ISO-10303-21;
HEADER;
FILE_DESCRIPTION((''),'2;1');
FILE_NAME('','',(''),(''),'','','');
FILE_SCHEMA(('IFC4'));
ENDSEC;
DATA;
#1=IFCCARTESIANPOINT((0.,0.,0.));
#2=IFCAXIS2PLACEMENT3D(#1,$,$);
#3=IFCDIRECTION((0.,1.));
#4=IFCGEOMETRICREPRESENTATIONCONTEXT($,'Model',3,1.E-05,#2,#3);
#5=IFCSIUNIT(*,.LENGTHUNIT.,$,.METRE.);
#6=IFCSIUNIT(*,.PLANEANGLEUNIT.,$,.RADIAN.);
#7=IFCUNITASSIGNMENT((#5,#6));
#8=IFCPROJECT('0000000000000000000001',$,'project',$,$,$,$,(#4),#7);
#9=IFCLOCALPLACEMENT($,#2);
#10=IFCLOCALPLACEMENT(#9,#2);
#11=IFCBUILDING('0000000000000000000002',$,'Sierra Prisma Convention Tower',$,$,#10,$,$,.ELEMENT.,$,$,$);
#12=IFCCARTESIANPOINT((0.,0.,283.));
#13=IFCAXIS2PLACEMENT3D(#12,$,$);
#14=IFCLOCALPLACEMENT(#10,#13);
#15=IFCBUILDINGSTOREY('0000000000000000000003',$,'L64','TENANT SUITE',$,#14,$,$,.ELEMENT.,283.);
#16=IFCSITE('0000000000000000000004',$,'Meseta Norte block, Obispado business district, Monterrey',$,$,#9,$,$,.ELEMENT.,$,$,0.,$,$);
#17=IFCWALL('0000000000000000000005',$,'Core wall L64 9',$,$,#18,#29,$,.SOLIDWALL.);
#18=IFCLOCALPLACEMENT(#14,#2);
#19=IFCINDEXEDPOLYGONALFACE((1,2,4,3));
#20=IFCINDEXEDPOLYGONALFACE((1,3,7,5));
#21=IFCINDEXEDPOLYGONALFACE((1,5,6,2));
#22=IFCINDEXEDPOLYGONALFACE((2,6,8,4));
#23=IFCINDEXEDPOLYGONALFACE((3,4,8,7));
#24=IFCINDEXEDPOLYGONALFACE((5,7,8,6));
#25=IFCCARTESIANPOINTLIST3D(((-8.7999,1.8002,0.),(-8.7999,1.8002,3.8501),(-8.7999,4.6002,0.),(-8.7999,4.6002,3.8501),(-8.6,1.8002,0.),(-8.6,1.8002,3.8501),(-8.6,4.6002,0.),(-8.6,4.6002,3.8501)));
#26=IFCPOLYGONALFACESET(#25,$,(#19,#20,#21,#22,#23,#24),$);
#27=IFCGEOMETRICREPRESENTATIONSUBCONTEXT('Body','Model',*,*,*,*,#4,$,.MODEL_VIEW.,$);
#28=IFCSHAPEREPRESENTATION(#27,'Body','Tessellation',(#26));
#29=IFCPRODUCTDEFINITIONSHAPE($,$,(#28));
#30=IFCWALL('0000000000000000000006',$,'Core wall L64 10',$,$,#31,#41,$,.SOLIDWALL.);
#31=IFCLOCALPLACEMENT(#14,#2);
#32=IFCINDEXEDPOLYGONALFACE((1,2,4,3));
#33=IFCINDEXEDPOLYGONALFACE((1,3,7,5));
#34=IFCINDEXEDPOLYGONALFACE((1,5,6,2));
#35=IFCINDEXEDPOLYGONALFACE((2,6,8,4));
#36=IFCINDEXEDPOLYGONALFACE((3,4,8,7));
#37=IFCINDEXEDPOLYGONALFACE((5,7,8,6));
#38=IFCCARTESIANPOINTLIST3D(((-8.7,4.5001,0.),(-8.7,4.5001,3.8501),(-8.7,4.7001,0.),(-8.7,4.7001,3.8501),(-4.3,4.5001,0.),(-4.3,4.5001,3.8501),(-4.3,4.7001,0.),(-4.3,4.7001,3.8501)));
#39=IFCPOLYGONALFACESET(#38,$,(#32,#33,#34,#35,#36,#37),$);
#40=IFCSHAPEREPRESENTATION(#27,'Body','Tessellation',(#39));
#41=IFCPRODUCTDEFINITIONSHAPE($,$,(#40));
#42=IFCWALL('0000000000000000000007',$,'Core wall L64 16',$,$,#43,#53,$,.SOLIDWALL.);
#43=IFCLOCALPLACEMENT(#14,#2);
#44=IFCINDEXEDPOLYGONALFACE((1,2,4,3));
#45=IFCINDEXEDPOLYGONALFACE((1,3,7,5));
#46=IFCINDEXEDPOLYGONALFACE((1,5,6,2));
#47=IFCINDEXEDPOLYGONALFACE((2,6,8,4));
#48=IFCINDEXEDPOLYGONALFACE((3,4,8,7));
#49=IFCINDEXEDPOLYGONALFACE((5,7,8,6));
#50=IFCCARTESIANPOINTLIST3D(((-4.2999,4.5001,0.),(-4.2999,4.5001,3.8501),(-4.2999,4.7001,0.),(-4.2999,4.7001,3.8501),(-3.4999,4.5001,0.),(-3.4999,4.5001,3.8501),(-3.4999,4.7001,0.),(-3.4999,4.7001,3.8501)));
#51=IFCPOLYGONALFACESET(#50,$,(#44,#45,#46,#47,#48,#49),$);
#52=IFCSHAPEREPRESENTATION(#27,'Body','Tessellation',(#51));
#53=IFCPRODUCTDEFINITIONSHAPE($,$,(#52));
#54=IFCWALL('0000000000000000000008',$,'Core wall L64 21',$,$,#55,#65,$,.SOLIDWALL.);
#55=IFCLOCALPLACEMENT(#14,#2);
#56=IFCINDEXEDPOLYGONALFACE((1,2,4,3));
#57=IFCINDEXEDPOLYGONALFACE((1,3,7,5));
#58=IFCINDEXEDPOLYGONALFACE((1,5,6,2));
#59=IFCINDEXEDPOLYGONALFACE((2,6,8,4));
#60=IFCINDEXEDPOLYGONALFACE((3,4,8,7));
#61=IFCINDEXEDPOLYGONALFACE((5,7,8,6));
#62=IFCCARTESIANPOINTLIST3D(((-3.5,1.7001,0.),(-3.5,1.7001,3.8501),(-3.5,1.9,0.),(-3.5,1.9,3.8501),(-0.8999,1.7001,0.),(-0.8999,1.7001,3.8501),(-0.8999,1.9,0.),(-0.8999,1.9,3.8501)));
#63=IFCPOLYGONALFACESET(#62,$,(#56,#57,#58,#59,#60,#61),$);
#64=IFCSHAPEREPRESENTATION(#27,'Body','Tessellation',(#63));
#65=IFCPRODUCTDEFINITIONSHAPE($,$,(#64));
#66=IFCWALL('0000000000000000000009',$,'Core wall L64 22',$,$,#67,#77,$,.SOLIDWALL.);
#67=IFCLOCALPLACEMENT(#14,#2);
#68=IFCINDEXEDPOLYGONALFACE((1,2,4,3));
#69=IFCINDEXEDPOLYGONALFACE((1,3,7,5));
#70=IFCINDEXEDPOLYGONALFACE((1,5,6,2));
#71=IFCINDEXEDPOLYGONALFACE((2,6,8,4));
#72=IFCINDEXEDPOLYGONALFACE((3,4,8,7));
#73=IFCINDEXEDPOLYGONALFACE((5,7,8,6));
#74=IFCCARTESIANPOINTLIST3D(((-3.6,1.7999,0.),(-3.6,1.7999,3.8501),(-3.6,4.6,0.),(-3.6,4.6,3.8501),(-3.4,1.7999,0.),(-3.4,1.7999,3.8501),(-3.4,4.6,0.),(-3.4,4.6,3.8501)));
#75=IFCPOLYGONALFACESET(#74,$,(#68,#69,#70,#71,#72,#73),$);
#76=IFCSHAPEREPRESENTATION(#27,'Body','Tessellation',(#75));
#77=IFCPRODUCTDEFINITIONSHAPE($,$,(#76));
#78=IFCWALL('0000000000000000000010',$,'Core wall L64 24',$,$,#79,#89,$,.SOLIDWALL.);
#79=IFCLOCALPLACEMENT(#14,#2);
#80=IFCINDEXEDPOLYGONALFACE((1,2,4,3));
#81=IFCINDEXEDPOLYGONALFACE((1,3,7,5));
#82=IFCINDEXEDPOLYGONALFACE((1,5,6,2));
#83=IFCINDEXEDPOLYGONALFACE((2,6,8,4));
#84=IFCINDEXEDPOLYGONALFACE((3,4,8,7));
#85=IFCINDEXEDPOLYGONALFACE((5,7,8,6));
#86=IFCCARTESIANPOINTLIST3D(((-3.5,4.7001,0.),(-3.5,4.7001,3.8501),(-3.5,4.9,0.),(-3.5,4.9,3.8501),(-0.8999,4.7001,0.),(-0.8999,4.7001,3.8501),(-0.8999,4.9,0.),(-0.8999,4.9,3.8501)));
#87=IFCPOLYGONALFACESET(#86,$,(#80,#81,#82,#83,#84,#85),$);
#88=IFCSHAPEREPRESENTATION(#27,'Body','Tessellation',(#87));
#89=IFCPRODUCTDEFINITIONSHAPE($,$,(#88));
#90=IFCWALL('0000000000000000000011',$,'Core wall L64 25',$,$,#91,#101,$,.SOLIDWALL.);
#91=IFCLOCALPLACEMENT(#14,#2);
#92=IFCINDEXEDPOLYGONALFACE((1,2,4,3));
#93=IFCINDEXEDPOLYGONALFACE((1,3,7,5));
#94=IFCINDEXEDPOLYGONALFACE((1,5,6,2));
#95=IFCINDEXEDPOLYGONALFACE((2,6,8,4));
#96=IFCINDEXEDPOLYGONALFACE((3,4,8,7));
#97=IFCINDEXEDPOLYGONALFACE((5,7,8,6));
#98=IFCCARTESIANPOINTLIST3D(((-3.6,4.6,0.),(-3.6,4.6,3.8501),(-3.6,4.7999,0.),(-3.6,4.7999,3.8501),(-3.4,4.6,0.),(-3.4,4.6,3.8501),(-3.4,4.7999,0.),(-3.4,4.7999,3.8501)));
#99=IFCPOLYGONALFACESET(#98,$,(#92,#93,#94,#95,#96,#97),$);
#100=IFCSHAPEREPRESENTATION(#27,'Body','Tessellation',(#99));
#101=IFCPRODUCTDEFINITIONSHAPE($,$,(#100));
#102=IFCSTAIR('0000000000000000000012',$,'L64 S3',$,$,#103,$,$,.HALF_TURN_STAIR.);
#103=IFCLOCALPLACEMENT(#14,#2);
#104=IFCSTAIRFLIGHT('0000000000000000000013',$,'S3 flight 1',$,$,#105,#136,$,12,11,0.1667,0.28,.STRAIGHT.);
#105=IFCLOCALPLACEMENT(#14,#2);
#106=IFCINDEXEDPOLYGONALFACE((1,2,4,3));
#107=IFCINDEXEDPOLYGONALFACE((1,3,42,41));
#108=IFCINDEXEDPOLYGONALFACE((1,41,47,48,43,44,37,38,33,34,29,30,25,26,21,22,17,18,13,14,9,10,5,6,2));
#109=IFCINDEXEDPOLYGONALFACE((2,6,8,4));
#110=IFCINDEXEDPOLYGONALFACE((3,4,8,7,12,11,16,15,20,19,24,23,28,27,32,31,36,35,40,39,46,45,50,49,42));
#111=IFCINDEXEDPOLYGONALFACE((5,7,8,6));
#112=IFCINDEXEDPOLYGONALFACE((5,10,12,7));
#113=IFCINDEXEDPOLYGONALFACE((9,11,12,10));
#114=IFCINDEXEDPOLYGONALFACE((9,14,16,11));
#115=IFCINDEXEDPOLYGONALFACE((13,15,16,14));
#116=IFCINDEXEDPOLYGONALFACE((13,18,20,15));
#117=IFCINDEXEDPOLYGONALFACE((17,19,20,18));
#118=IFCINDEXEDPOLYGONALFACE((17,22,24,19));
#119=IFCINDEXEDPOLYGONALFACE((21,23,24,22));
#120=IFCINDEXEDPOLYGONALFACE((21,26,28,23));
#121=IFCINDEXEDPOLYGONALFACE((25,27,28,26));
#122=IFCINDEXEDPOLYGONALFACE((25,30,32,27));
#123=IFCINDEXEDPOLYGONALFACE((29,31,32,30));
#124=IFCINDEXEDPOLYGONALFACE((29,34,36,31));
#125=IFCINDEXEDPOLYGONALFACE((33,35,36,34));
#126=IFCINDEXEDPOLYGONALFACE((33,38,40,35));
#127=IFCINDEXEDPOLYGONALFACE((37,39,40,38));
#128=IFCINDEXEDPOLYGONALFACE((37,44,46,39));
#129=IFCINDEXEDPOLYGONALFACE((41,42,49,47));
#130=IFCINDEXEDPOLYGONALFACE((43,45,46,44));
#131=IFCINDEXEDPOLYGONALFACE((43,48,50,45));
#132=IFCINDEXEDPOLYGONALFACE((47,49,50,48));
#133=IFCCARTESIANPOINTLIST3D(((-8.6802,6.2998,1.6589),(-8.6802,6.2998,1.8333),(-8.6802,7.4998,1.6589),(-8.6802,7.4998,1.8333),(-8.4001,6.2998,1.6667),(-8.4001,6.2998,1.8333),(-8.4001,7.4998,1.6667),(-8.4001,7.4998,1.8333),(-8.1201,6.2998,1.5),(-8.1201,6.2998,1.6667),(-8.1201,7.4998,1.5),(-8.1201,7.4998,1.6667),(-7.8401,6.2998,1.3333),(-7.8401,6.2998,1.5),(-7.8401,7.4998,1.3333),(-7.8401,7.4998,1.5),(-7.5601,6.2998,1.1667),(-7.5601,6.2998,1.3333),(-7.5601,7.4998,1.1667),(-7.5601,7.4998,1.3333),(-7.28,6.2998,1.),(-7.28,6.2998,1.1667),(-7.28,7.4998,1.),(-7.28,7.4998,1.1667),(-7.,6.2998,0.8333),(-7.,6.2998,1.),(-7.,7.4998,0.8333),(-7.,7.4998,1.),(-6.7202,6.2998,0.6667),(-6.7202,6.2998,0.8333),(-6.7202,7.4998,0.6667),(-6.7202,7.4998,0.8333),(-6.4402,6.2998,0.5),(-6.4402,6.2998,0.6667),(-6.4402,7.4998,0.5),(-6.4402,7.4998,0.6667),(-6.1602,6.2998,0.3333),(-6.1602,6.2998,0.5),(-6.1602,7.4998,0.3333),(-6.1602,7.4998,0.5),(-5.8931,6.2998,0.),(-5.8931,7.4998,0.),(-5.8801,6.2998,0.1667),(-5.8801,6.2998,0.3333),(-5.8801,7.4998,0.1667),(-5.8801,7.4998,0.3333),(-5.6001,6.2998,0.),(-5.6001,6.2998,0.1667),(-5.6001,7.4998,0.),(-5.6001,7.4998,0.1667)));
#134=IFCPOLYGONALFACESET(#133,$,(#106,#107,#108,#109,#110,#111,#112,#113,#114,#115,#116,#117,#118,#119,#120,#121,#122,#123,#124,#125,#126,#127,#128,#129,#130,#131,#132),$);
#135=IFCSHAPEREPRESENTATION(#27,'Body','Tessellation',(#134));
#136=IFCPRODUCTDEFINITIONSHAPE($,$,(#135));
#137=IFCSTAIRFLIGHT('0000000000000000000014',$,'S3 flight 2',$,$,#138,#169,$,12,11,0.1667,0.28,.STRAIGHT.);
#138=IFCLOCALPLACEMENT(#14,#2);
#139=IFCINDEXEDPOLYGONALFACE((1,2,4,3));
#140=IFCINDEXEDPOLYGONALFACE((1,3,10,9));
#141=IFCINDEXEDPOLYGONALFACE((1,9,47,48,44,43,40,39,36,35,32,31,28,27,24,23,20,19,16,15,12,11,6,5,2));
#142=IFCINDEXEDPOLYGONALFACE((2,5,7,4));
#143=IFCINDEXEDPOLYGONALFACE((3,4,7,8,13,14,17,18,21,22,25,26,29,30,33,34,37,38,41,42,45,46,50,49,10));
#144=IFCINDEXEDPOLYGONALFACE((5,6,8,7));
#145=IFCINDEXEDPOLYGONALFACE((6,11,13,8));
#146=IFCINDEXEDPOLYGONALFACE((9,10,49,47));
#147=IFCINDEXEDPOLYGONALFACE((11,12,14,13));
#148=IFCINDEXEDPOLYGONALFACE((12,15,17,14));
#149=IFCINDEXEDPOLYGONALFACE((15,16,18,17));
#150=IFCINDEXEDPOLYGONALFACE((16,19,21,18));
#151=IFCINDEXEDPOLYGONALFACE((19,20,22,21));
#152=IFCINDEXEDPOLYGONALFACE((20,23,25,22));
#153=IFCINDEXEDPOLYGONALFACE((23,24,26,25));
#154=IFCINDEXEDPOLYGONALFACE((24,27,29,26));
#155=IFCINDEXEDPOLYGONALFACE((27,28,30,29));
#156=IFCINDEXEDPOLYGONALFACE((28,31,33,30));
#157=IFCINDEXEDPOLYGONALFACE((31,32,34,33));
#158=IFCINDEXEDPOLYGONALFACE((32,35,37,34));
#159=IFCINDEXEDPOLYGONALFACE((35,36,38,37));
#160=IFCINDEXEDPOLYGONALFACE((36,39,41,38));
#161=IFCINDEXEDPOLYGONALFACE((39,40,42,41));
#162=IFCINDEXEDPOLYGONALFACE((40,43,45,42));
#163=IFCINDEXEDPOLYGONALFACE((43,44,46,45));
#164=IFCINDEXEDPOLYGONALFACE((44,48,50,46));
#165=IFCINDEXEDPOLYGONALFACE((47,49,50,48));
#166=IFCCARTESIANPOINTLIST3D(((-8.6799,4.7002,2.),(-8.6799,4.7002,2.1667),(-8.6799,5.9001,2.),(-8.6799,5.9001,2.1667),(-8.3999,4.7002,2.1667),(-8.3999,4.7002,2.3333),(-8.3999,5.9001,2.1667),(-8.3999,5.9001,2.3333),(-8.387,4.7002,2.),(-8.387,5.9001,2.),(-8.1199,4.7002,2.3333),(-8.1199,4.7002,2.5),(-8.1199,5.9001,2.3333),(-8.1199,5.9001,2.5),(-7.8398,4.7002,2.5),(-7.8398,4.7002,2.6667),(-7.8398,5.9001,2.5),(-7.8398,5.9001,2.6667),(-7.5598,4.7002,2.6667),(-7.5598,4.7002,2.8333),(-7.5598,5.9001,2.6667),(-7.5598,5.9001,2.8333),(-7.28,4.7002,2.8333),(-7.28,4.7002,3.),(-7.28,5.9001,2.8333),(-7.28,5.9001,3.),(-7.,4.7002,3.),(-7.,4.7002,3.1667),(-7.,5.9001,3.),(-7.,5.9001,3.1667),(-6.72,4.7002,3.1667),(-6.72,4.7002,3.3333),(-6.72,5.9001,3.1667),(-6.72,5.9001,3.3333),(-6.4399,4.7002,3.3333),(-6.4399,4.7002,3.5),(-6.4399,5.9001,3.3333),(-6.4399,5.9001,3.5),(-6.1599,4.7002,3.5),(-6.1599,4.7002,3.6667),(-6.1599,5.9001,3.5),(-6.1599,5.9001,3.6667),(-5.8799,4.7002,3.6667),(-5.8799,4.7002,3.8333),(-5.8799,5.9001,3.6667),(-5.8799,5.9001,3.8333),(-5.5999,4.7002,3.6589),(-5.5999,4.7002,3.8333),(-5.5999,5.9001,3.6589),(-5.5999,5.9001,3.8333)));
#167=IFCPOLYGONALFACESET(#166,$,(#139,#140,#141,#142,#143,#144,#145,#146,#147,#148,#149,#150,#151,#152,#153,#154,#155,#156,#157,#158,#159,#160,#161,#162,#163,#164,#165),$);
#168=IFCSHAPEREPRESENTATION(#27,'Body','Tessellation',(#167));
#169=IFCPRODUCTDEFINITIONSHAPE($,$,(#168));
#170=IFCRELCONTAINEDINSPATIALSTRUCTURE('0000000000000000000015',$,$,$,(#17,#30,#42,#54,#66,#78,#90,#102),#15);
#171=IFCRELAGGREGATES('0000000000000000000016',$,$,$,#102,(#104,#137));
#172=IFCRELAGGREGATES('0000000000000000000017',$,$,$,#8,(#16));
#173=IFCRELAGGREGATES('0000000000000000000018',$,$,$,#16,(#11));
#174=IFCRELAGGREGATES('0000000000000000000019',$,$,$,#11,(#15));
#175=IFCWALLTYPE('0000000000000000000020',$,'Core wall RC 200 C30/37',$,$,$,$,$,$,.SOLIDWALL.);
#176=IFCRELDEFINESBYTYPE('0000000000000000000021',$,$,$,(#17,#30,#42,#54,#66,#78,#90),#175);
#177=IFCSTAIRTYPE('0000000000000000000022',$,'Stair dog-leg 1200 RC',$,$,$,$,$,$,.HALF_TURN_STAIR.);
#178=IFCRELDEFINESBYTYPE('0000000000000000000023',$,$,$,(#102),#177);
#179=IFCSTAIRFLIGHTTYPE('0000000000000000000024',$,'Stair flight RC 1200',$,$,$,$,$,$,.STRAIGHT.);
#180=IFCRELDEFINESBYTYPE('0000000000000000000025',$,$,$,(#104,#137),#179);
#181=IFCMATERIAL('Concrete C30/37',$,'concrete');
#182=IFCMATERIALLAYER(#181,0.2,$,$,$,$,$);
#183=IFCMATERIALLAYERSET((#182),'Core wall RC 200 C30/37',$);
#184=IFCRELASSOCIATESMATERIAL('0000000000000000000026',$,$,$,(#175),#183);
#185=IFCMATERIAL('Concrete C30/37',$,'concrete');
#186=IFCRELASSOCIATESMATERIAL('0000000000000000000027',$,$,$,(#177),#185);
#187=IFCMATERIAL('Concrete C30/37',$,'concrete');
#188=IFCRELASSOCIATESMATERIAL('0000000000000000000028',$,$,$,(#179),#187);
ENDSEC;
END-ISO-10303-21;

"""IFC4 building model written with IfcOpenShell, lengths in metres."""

from ifc_helpers import new_model, si_unit, direction, frame, frame_2d, origin, place, context, subcontext, project, spatial, polyline, rectangle, outline, extrude, material, layer, layer_set, type_object, element, aggregate, save


model = new_model("IFC4")

# Units and contexts
model_context = context("Model", 3, precision=1e-05, world=origin(), true_north=direction((0.0, 1.0)))
body_context = subcontext(model_context, "Body", "Model", "MODEL_VIEW")
ifc_project = project(units=[si_unit("LENGTHUNIT", "METRE"), si_unit("PLANEANGLEUNIT", "RADIAN")], contexts=[model_context])

# Site, building, storey
site_placement = place(None, origin())
site = spatial("IfcSite", under=ifc_project, at=site_placement, Name="Meseta Norte block, Obispado business district, Monterrey", CompositionType="ELEMENT", RefElevation=0.0)
building_placement = place(site_placement, origin())
building = spatial("IfcBuilding", under=site, at=building_placement, Name="Sierra Prisma Convention Tower", CompositionType="ELEMENT")
storey_placement = place(building_placement, frame((0.0, 0.0, 283.0)))
storey = spatial("IfcBuildingStorey", under=building, at=storey_placement, Name="L64", Description="TENANT SUITE", CompositionType="ELEMENT", Elevation=283.0)

# Walls
ifc_material_1 = material(Name="Concrete C30/37", Category="concrete")
ifc_layer_1 = layer(ifc_material_1, 0.2)
ifc_layer_set_1 = layer_set([ifc_layer_1], Name="Core wall RC 200 C30/37")
wall_type = type_object("IfcWallType", Name="Core wall RC 200 C30/37", PredefinedType="SOLIDWALL", material=ifc_layer_set_1)
wall_1_placement = place(storey_placement, frame((-8.7, 4.6001, 0.0), z_axis=(0.0, 0.0, 1.0), x_axis=(0.0, -1.0, 0.0)))
element("IfcWall", 1, at=wall_1_placement, inside=storey, type_object=wall_type, Name="Core wall L64 9", PredefinedType="SOLIDWALL", context=body_context, shape_type="SweptSolid", body=[
    extrude(rectangle(XDim=2.8, YDim=0.2, at=frame_2d((1.3999, 0.0))), origin(), (0.0, 0.0, 1.0), 3.8501),
])
wall_2_placement = place(storey_placement, frame((-4.3, 4.6001, 0.0), z_axis=(0.0, 0.0, 1.0), x_axis=(-1.0, 0.0, 0.0)))
element("IfcWall", 2, at=wall_2_placement, inside=storey, type_object=wall_type, Name="Core wall L64 10", PredefinedType="SOLIDWALL", context=body_context, shape_type="SweptSolid", body=[
    extrude(rectangle(XDim=4.3999, YDim=0.2, at=frame_2d((2.2, 0.0))), origin(), (0.0, 0.0, 1.0), 3.8501),
])

# Wall
wall_3_placement = place(storey_placement, frame((-3.5, 4.6001, 0.0), z_axis=(0.0, 0.0, 1.0), x_axis=(-1.0, 0.0, 0.0)))
element("IfcWall", 3, at=wall_3_placement, inside=storey, type_object=wall_type, Name="Core wall L64 16", PredefinedType="SOLIDWALL", context=body_context, shape_type="SweptSolid", body=[
    extrude(rectangle(XDim=0.8, YDim=0.2, at=frame_2d((0.3999, 0.0))), origin(), (0.0, 0.0, 1.0), 3.8501),
])

# Walls
wall_4_placement = place(storey_placement, frame((-0.8999, 1.8, 0.0), z_axis=(0.0, 0.0, 1.0), x_axis=(-1.0, 0.0, 0.0)))
element("IfcWall", 4, at=wall_4_placement, inside=storey, type_object=wall_type, Name="Core wall L64 21", PredefinedType="SOLIDWALL", context=body_context, shape_type="SweptSolid", body=[
    extrude(rectangle(XDim=2.6001, YDim=0.2, at=frame_2d((1.3, 0.0))), origin(), (0.0, 0.0, 1.0), 3.8501),
])
wall_5_placement = place(storey_placement, frame((-3.5, 1.8, 0.0), z_axis=(0.0, 0.0, 1.0), x_axis=(0.0, 1.0, 0.0)))
element("IfcWall", 5, at=wall_5_placement, inside=storey, type_object=wall_type, Name="Core wall L64 22", PredefinedType="SOLIDWALL", context=body_context, shape_type="SweptSolid", body=[
    extrude(rectangle(XDim=2.8, YDim=0.2, at=frame_2d((1.3999, 0.0))), origin(), (0.0, 0.0, 1.0), 3.8501),
])

# Walls
wall_6_placement = place(storey_placement, frame((-0.8999, 4.8, 0.0), z_axis=(0.0, 0.0, 1.0), x_axis=(-1.0, 0.0, 0.0)))
element("IfcWall", 6, at=wall_6_placement, inside=storey, type_object=wall_type, Name="Core wall L64 24", PredefinedType="SOLIDWALL", context=body_context, shape_type="SweptSolid", body=[
    extrude(rectangle(XDim=2.6001, YDim=0.2, at=frame_2d((1.3, 0.0))), origin(), (0.0, 0.0, 1.0), 3.8501),
])
wall_7_placement = place(storey_placement, frame((-3.5, 4.8, 0.0), z_axis=(0.0, 0.0, 1.0), x_axis=(0.0, -1.0, 0.0)))
element("IfcWall", 7, at=wall_7_placement, inside=storey, type_object=wall_type, Name="Core wall L64 25", PredefinedType="SOLIDWALL", context=body_context, shape_type="SweptSolid", body=[
    extrude(rectangle(XDim=0.2, YDim=0.2, at=frame_2d((0.1001, 0.0))), origin(), (0.0, 0.0, 1.0), 3.8501),
])

# Stair, stair flights
ifc_material_2 = material(Name="Concrete C30/37", Category="concrete")
stair_type = type_object("IfcStairType", Name="Stair dog-leg 1200 RC", PredefinedType="HALF_TURN_STAIR", material=ifc_material_2)
stair_placement = place(storey_placement, origin())
stair = element("IfcStair", 8, at=stair_placement, inside=storey, type_object=stair_type, Name="L64 S3", PredefinedType="HALF_TURN_STAIR")
ifc_material_3 = material(Name="Concrete C30/37", Category="concrete")
stair_flight_type = type_object("IfcStairFlightType", Name="Stair flight RC 1200", PredefinedType="STRAIGHT", material=ifc_material_3)
stair_flight_1_placement = place(storey_placement, frame((-5.6001, 6.8999, 0.0), z_axis=(0.0, 0.0, 1.0), x_axis=(-1.0, 0.0, 0.0)))
stair_flight_1 = element("IfcStairFlight", 9, at=stair_flight_1_placement, type_object=stair_flight_type, Name="S3 flight 1", NumberOfRisers=12, NumberOfTreads=11, PredefinedType="STRAIGHT", RiserHeight=0.1667, TreadLength=0.28, context=body_context, shape_type="SweptSolid", body=[
    extrude(outline(polyline([(0.0, 0.0), (0.0, 0.1667), (0.28, 0.1667), (0.28, 0.3333), (0.5601, 0.3333), (0.5601, 0.5), (0.8401, 0.5), (0.8401, 0.6667), (1.1201, 0.6667), (1.1201, 0.8333), (1.3999, 0.8333), (1.3999, 1.0), (1.6799, 1.0), (1.6799, 1.1667), (1.96, 1.1667), (1.96, 1.3333), (2.24, 1.3333), (2.24, 1.5), (2.52, 1.5), (2.52, 1.6667), (2.8, 1.6667), (2.8, 1.8333), (3.0801, 1.8333), (3.0801, 2.0), (3.0801, 1.6589), (0.293, 0.0), (0.0, 0.0)])), frame((0.0, 0.6001, 0.0), z_axis=(0.0, -1.0, 0.0), x_axis=(1.0, 0.0, 0.0)), (0.0, 0.0, 1.0), 1.2),
])
stair_flight_2_placement = place(storey_placement, frame((-8.6799, 5.3, 2.0), z_axis=(0.0, 0.0, 1.0), x_axis=(1.0, 0.0, 0.0)))
stair_flight_2 = element("IfcStairFlight", 10, at=stair_flight_2_placement, type_object=stair_flight_type, Name="S3 flight 2", NumberOfRisers=12, NumberOfTreads=11, PredefinedType="STRAIGHT", RiserHeight=0.1667, TreadLength=0.28, context=body_context, shape_type="SweptSolid", body=[
    extrude(outline(polyline([(0.0, 0.0), (0.0, 0.1667), (0.28, 0.1667), (0.28, 0.3333), (0.5601, 0.3333), (0.5601, 0.5), (0.8401, 0.5), (0.8401, 0.6667), (1.1201, 0.6667), (1.1201, 0.8333), (1.3999, 0.8333), (1.3999, 1.0), (1.6799, 1.0), (1.6799, 1.1667), (1.96, 1.1667), (1.96, 1.3333), (2.24, 1.3333), (2.24, 1.5), (2.52, 1.5), (2.52, 1.6667), (2.8, 1.6667), (2.8, 1.8333), (3.0801, 1.8333), (3.0801, 2.0), (3.0801, 1.6589), (0.293, 0.0), (0.0, 0.0)])), frame((0.0, 0.6001, 0.0), z_axis=(0.0, -1.0, 0.0), x_axis=(1.0, 0.0, 0.0)), (0.0, 0.0, 1.0), 1.2),
])
aggregate(stair, [stair_flight_1, stair_flight_2])

save(model, "model.ifc")
